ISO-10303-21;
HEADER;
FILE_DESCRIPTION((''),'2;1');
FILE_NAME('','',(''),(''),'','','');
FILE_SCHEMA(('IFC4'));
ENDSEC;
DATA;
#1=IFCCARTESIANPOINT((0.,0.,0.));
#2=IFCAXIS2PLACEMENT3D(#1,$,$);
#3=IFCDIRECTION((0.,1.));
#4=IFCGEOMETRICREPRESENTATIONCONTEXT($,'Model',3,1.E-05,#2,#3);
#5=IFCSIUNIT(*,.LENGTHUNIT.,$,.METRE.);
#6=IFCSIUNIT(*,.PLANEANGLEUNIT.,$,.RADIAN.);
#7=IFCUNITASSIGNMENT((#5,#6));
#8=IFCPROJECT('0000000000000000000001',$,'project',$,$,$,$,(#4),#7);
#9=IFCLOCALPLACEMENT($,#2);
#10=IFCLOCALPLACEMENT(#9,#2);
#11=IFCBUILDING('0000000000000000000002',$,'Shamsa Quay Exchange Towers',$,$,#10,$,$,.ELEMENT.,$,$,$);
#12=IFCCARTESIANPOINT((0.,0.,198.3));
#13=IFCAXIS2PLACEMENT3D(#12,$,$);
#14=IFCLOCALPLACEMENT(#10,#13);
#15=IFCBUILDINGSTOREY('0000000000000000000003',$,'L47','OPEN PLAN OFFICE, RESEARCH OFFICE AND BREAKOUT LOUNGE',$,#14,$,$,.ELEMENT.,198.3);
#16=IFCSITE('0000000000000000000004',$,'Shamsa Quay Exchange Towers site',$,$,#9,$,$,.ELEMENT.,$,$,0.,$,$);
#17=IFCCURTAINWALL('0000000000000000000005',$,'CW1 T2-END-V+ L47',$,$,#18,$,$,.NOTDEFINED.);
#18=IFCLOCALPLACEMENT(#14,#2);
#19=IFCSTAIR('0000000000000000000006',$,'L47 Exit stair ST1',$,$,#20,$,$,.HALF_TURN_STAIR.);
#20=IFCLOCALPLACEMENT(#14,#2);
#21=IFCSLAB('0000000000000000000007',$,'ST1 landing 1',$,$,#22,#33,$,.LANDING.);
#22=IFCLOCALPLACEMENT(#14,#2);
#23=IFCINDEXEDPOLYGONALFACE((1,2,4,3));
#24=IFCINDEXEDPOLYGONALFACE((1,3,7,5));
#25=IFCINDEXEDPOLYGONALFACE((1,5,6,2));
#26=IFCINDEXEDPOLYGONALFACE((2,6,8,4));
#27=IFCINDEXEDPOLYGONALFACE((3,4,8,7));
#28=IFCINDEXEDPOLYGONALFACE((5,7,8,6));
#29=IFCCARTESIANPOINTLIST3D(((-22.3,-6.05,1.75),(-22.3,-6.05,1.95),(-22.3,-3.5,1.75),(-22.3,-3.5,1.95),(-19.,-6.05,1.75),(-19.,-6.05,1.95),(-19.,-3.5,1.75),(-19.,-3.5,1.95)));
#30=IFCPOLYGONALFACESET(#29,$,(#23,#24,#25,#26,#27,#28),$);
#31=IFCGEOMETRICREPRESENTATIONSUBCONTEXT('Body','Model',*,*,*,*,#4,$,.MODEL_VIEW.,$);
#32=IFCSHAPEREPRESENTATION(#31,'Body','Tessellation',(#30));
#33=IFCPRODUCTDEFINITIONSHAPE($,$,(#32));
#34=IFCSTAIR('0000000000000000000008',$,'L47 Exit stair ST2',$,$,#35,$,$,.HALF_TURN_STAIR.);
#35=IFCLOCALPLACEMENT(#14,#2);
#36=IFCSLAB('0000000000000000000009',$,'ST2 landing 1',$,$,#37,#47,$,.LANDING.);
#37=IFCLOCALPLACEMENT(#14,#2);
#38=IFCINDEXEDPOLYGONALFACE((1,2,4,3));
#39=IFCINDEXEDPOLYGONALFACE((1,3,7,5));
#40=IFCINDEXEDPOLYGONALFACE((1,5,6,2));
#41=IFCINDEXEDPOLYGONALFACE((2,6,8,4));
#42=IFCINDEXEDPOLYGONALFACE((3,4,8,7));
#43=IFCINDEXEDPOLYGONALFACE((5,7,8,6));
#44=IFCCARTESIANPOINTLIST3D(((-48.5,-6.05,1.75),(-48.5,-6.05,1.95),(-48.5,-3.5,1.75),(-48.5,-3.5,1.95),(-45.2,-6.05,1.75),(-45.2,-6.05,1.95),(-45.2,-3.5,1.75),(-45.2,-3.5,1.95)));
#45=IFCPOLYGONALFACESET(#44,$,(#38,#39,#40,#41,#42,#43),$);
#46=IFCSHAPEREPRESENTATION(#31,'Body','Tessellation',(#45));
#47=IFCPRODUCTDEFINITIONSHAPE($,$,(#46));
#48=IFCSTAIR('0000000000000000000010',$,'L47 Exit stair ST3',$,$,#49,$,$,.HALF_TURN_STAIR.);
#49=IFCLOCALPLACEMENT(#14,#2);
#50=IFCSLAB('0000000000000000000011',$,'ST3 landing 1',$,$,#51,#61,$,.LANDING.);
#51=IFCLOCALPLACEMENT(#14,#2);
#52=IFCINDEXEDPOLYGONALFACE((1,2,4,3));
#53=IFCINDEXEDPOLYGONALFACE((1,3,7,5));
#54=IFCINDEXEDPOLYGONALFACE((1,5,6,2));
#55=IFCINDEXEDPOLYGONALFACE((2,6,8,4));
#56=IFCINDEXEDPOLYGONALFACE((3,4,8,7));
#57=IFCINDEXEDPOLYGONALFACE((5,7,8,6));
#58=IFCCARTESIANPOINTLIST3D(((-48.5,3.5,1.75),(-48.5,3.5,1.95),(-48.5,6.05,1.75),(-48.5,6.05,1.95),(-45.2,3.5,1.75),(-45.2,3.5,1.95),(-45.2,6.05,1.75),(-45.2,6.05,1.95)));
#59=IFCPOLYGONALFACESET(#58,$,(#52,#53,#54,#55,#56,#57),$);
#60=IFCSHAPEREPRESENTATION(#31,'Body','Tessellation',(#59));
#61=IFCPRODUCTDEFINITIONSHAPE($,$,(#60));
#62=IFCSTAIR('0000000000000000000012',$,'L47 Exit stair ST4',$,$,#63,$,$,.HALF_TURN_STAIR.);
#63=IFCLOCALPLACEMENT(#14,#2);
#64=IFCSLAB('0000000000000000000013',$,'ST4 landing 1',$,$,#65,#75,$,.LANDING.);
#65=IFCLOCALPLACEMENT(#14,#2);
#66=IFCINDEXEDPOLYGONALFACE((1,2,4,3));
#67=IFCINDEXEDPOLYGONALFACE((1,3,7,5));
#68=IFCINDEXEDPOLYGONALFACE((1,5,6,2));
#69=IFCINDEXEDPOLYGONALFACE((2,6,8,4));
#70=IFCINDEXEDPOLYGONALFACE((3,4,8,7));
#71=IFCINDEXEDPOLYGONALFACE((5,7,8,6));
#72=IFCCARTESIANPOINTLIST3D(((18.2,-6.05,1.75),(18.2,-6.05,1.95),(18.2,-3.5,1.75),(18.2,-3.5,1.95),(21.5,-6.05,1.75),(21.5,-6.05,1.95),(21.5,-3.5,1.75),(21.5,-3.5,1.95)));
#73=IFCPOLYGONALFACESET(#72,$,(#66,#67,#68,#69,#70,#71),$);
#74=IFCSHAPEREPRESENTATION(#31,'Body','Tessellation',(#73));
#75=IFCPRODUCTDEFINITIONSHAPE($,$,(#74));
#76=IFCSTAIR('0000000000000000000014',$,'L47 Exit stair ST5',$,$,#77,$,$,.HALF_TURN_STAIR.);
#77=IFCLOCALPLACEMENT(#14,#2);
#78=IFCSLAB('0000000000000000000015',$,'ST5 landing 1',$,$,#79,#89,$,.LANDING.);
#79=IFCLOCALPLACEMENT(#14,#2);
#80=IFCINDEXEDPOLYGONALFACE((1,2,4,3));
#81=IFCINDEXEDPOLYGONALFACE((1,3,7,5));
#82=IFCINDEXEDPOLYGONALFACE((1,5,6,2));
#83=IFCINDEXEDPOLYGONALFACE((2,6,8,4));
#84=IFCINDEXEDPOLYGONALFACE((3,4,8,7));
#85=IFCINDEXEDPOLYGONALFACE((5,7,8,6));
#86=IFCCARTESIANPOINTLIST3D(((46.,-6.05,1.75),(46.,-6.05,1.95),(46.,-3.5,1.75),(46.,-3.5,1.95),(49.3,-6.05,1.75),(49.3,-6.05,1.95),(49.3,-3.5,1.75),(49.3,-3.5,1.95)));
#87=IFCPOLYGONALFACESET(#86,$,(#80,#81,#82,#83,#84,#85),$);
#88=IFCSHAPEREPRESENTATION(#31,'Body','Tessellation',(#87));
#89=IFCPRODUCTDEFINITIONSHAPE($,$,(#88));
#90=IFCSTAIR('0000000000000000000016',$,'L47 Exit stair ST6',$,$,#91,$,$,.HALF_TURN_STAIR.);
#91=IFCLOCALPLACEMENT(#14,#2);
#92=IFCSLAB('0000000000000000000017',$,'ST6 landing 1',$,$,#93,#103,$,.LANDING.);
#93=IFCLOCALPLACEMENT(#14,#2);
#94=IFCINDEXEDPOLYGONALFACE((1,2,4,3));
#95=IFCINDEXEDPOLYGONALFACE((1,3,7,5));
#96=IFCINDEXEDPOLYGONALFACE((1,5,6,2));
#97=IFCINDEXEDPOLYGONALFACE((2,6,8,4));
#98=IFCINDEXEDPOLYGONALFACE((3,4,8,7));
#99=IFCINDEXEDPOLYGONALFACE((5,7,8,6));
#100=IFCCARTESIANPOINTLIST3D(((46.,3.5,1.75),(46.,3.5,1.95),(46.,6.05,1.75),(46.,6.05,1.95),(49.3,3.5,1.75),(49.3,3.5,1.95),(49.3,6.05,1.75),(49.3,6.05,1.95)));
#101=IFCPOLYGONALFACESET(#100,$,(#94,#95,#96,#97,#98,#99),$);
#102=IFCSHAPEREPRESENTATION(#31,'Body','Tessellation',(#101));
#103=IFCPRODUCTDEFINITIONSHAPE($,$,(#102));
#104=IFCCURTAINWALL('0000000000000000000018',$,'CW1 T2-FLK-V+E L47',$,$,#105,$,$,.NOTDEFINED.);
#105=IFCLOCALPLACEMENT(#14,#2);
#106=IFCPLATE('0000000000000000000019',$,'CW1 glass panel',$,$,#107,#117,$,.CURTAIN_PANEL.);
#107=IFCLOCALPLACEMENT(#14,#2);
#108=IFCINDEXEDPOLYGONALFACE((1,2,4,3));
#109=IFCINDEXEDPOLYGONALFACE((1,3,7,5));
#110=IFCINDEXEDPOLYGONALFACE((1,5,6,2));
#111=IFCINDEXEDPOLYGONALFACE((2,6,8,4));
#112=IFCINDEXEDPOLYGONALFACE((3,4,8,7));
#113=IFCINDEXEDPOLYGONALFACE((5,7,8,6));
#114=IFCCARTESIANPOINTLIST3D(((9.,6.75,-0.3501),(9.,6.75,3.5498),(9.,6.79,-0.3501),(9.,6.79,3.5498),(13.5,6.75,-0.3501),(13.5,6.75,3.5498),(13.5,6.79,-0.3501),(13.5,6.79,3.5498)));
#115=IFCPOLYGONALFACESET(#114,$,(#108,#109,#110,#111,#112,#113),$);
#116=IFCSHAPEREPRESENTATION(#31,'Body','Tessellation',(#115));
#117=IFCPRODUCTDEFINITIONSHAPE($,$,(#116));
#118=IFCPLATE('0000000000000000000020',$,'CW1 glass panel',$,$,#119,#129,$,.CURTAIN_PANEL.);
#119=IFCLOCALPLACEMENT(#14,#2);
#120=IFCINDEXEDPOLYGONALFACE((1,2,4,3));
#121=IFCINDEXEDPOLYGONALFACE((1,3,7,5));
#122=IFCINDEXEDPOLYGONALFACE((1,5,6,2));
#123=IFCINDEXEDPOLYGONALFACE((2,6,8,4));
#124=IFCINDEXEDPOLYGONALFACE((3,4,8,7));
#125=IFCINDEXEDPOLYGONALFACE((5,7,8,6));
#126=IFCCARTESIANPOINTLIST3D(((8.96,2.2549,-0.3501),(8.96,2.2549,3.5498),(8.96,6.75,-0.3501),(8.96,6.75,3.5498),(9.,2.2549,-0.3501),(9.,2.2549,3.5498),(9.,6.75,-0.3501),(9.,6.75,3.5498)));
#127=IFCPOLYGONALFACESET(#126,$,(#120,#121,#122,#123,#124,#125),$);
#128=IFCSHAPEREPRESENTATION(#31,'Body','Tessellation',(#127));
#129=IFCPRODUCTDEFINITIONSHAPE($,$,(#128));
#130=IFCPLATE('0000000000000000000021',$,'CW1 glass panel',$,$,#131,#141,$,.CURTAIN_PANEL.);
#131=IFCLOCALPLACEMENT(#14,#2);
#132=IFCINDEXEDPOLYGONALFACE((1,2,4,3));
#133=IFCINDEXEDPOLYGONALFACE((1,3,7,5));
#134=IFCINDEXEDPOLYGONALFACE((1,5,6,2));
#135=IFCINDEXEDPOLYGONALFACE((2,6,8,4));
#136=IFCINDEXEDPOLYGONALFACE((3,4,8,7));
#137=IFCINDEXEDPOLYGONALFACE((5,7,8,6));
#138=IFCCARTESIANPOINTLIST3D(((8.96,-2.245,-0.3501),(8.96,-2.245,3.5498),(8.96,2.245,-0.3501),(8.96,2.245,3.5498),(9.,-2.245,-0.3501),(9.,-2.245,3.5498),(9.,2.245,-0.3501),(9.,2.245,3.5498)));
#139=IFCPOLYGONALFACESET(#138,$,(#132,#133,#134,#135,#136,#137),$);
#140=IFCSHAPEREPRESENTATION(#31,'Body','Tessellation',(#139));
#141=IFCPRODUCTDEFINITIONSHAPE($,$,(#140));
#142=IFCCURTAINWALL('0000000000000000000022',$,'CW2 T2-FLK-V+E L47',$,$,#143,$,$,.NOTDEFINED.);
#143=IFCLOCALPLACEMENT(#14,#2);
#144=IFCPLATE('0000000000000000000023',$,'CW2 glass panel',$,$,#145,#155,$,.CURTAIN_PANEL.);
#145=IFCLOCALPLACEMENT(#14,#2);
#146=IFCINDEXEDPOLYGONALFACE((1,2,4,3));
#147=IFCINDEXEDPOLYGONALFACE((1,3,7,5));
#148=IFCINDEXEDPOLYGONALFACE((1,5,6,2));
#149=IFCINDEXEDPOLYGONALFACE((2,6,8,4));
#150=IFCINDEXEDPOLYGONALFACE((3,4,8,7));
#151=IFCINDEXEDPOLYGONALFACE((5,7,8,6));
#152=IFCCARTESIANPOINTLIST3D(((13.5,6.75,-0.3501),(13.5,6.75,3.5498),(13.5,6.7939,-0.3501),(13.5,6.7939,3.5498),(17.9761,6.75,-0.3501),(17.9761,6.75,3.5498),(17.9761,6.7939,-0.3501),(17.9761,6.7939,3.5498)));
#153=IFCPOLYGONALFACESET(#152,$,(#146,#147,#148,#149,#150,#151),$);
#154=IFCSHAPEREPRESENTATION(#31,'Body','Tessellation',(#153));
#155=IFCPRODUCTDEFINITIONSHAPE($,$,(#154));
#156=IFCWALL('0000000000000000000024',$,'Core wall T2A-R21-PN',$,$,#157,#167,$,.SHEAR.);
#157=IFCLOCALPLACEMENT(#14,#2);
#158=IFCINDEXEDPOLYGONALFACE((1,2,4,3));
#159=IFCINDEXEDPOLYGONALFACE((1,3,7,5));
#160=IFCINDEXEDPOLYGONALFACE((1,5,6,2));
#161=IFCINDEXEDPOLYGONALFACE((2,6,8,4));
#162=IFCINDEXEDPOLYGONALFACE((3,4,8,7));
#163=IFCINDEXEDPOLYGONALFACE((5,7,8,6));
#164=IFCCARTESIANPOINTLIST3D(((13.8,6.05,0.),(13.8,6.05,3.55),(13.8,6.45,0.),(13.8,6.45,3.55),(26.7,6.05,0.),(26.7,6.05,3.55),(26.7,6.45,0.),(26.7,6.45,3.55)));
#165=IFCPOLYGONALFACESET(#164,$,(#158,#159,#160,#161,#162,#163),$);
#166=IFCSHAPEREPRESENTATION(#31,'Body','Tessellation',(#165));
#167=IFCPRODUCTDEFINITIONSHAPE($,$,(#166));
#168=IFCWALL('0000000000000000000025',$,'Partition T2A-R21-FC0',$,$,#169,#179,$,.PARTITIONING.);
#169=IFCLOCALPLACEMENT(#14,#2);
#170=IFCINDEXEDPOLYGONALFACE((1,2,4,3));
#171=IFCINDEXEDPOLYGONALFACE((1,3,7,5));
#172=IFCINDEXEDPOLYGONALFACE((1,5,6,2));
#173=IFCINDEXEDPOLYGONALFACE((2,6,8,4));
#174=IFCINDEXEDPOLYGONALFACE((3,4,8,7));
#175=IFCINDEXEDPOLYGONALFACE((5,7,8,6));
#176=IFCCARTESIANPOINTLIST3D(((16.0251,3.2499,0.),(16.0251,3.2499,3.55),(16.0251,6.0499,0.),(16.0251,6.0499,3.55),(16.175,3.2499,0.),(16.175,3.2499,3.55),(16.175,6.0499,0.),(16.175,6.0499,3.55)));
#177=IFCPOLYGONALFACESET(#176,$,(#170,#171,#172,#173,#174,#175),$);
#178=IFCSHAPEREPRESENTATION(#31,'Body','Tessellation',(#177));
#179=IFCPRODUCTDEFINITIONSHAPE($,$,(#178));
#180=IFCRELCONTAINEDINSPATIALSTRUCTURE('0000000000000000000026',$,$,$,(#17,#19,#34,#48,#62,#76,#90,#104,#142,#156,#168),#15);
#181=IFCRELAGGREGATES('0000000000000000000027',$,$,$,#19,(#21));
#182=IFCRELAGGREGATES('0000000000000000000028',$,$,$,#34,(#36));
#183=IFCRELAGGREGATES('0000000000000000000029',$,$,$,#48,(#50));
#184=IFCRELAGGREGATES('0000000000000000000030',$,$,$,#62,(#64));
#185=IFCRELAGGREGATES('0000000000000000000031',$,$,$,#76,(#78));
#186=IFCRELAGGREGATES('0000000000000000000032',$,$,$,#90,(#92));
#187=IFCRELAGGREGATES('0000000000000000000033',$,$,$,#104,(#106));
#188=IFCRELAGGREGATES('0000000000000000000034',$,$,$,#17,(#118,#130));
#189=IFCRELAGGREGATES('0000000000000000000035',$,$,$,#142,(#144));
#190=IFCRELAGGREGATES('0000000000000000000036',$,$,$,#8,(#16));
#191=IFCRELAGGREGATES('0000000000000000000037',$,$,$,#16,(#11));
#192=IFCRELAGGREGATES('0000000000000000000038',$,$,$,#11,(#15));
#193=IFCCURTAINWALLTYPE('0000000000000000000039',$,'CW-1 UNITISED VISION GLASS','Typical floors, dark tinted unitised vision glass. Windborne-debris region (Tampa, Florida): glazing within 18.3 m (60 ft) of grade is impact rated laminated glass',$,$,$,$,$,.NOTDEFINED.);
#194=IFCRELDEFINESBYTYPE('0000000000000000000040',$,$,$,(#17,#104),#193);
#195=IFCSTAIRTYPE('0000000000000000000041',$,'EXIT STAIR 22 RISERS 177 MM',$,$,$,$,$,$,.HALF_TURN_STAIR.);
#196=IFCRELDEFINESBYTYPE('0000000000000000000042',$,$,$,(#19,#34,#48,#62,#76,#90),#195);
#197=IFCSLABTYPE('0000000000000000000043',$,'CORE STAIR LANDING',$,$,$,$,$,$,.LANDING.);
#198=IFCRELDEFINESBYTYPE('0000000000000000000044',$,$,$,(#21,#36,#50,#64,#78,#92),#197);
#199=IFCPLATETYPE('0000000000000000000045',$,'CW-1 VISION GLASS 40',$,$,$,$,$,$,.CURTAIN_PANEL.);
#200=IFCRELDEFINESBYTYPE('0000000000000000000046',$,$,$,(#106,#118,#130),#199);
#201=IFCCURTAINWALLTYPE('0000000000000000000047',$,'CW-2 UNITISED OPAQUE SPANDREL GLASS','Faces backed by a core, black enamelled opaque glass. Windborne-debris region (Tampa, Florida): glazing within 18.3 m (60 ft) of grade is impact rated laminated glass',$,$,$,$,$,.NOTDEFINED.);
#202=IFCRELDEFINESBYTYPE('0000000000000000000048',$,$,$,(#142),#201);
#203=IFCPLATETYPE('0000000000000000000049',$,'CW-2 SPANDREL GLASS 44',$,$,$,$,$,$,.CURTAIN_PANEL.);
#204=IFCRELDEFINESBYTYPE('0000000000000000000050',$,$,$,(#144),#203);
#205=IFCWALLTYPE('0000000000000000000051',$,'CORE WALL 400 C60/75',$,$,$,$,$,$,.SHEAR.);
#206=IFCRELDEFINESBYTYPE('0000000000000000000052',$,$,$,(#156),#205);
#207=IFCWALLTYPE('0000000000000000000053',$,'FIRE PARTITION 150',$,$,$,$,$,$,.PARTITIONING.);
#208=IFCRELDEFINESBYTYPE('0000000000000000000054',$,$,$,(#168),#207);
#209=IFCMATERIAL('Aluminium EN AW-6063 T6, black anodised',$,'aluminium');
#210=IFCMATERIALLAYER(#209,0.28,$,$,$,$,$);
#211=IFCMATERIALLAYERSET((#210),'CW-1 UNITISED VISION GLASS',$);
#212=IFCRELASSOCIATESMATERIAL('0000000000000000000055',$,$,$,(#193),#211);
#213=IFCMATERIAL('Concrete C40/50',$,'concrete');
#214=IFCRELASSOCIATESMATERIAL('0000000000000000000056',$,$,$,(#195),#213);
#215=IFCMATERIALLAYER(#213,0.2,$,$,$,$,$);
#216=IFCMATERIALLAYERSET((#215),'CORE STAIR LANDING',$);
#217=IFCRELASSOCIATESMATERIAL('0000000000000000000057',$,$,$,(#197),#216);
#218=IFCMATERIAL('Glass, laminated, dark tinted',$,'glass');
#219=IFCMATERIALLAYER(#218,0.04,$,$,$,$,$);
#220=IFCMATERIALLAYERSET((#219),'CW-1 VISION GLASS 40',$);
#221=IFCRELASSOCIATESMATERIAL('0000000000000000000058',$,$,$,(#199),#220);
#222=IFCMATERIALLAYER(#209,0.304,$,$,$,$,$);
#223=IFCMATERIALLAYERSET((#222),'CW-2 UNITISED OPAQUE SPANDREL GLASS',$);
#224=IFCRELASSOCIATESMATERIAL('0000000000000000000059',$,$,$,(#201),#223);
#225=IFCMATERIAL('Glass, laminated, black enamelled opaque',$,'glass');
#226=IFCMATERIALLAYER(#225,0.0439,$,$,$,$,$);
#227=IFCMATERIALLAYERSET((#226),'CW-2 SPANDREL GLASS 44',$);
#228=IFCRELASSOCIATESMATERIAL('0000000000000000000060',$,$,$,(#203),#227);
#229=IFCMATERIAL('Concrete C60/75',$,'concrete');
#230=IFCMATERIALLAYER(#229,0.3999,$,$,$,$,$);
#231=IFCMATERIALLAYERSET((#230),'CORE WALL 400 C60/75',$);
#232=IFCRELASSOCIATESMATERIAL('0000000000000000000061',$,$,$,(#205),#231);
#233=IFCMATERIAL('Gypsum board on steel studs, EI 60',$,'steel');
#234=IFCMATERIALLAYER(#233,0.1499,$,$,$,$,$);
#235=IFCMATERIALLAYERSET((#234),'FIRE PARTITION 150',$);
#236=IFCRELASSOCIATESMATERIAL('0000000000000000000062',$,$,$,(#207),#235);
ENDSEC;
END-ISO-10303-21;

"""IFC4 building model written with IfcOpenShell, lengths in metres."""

from ifc_helpers import new_model, si_unit, direction, frame, frame_2d, origin, origin_2d, place, context, subcontext, project, spatial, polyline, rectangle, outline, extrude, material, layer, layer_set, type_object, element, aggregate, save


model = new_model("IFC4")

# Units and contexts
model_context = context("Model", 3, precision=1e-05, world=origin(), true_north=direction((0.0, 1.0)))
body_context = subcontext(model_context, "Body", "Model", "MODEL_VIEW")
ifc_project = project(units=[si_unit("LENGTHUNIT", "METRE"), si_unit("PLANEANGLEUNIT", "RADIAN")], contexts=[model_context])

# Site, building, storey
site_placement = place(None, origin())
site = spatial("IfcSite", under=ifc_project, at=site_placement, Name="Shamsa Quay Exchange Towers site", CompositionType="ELEMENT", RefElevation=0.0)
building_placement = place(site_placement, origin())
building = spatial("IfcBuilding", under=site, at=building_placement, Name="Shamsa Quay Exchange Towers", CompositionType="ELEMENT")
storey_placement = place(building_placement, frame((0.0, 0.0, 198.3)))
storey = spatial("IfcBuildingStorey", under=building, at=storey_placement, Name="L47", Description="OPEN PLAN OFFICE, RESEARCH OFFICE AND BREAKOUT LOUNGE", CompositionType="ELEMENT", Elevation=198.3)

# Curtain wall
ifc_material_1 = material(Name="Aluminium EN AW-6063 T6, black anodised", Category="aluminium")
ifc_layer_1 = layer(ifc_material_1, 0.28)
ifc_layer_set_1 = layer_set([ifc_layer_1], Name="CW-1 UNITISED VISION GLASS")
curtain_wall_type_1 = type_object("IfcCurtainWallType", Name="CW-1 UNITISED VISION GLASS", Description="Typical floors, dark tinted unitised vision glass. Windborne-debris region (Tampa, Florida): glazing within 18.3 m (60 ft) of grade is impact rated laminated glass", PredefinedType="NOTDEFINED", material=ifc_layer_set_1)
curtain_wall_1_placement = place(storey_placement, origin())
curtain_wall_1 = element("IfcCurtainWall", 1, at=curtain_wall_1_placement, inside=storey, type_object=curtain_wall_type_1, Name="CW1 T2-END-V+ L47", PredefinedType="NOTDEFINED")

# Stairs, slabs
ifc_material_2 = material(Name="Concrete C40/50", Category="concrete")
stair_type = type_object("IfcStairType", Name="EXIT STAIR 22 RISERS 177 MM", PredefinedType="HALF_TURN_STAIR", material=ifc_material_2)
stair_1_placement = place(storey_placement, origin())
stair_1 = element("IfcStair", 2, at=stair_1_placement, inside=storey, type_object=stair_type, Name="L47 Exit stair ST1", PredefinedType="HALF_TURN_STAIR")
ifc_layer_2 = layer(ifc_material_2, 0.2)
ifc_layer_set_2 = layer_set([ifc_layer_2], Name="CORE STAIR LANDING")
slab_type_1 = type_object("IfcSlabType", Name="CORE STAIR LANDING", PredefinedType="LANDING", material=ifc_layer_set_2)
slab_1_placement = place(storey_placement, frame((0.0, 0.0, 1.75)))
slab_1 = element("IfcSlab", 3, at=slab_1_placement, type_object=slab_type_1, Name="ST1 landing 1", PredefinedType="LANDING", context=body_context, shape_type="SweptSolid", body=[
    extrude(outline(polyline([(-22.3, -6.05), (-19.0, -6.05), (-19.0, -3.5), (-22.3, -3.5), (-22.3, -6.05)])), origin(), (0.0, 0.0, 1.0), 0.2),
])
aggregate(stair_1, [slab_1])
stair_2_placement = place(storey_placement, origin())
stair_2 = element("IfcStair", 4, at=stair_2_placement, inside=storey, type_object=stair_type, Name="L47 Exit stair ST2", PredefinedType="HALF_TURN_STAIR")
slab_2_placement = place(storey_placement, frame((0.0, 0.0, 1.75)))
slab_2 = element("IfcSlab", 5, at=slab_2_placement, type_object=slab_type_1, Name="ST2 landing 1", PredefinedType="LANDING", context=body_context, shape_type="SweptSolid", body=[
    extrude(outline(polyline([(-45.2, -3.5), (-48.5, -3.5), (-48.5, -6.05), (-45.2, -6.05), (-45.2, -3.5)])), origin(), (0.0, 0.0, 1.0), 0.2),
])
aggregate(stair_2, [slab_2])
stair_3_placement = place(storey_placement, origin())
stair_3 = element("IfcStair", 6, at=stair_3_placement, inside=storey, type_object=stair_type, Name="L47 Exit stair ST3", PredefinedType="HALF_TURN_STAIR")
slab_3_placement = place(storey_placement, frame((0.0, 0.0, 1.75)))
slab_3 = element("IfcSlab", 7, at=slab_3_placement, type_object=slab_type_1, Name="ST3 landing 1", PredefinedType="LANDING", context=body_context, shape_type="SweptSolid", body=[
    extrude(outline(polyline([(-45.2, 6.05), (-48.5, 6.05), (-48.5, 3.5), (-45.2, 3.5), (-45.2, 6.05)])), origin(), (0.0, 0.0, 1.0), 0.2),
])
aggregate(stair_3, [slab_3])
stair_4_placement = place(storey_placement, origin())
stair_4 = element("IfcStair", 8, at=stair_4_placement, inside=storey, type_object=stair_type, Name="L47 Exit stair ST4", PredefinedType="HALF_TURN_STAIR")
slab_4_placement = place(storey_placement, frame((0.0, 0.0, 1.75)))
slab_4 = element("IfcSlab", 9, at=slab_4_placement, type_object=slab_type_1, Name="ST4 landing 1", PredefinedType="LANDING", context=body_context, shape_type="SweptSolid", body=[
    extrude(outline(polyline([(18.2, -6.05), (21.5, -6.05), (21.5, -3.5), (18.2, -3.5), (18.2, -6.05)])), origin(), (0.0, 0.0, 1.0), 0.2),
])
aggregate(stair_4, [slab_4])
stair_5_placement = place(storey_placement, origin())
stair_5 = element("IfcStair", 10, at=stair_5_placement, inside=storey, type_object=stair_type, Name="L47 Exit stair ST5", PredefinedType="HALF_TURN_STAIR")
slab_5_placement = place(storey_placement, frame((0.0, 0.0, 1.75)))
slab_5 = element("IfcSlab", 11, at=slab_5_placement, type_object=slab_type_1, Name="ST5 landing 1", PredefinedType="LANDING", context=body_context, shape_type="SweptSolid", body=[
    extrude(outline(polyline([(49.3, -3.5), (46.0, -3.5), (46.0, -6.05), (49.3, -6.05), (49.3, -3.5)])), origin(), (0.0, 0.0, 1.0), 0.2),
])
aggregate(stair_5, [slab_5])
stair_6_placement = place(storey_placement, origin())
stair_6 = element("IfcStair", 12, at=stair_6_placement, inside=storey, type_object=stair_type, Name="L47 Exit stair ST6", PredefinedType="HALF_TURN_STAIR")
slab_6_placement = place(storey_placement, frame((0.0, 0.0, 1.75)))
slab_6 = element("IfcSlab", 13, at=slab_6_placement, type_object=slab_type_1, Name="ST6 landing 1", PredefinedType="LANDING", context=body_context, shape_type="SweptSolid", body=[
    extrude(outline(polyline([(49.3, 6.05), (46.0, 6.05), (46.0, 3.5), (49.3, 3.5), (49.3, 6.05)])), origin(), (0.0, 0.0, 1.0), 0.2),
])
aggregate(stair_6, [slab_6])

# Curtain wall, plate
curtain_wall_2_placement = place(storey_placement, origin())
curtain_wall_2 = element("IfcCurtainWall", 14, at=curtain_wall_2_placement, inside=storey, type_object=curtain_wall_type_1, Name="CW1 T2-FLK-V+E L47", PredefinedType="NOTDEFINED")
ifc_material_3 = material(Name="Glass, laminated, dark tinted", Category="glass")
ifc_layer_3 = layer(ifc_material_3, 0.04)
ifc_layer_set_3 = layer_set([ifc_layer_3], Name="CW-1 VISION GLASS 40")
plate_type_1 = type_object("IfcPlateType", Name="CW-1 VISION GLASS 40", PredefinedType="CURTAIN_PANEL", material=ifc_layer_set_3)
plate_1_placement = place(storey_placement, frame((11.25, 6.77, -0.3501), z_axis=(0.0, 0.0, 1.0), x_axis=(-1.0, 0.0, 0.0)))
plate_1 = element("IfcPlate", 15, at=plate_1_placement, type_object=plate_type_1, Name="CW1 glass panel", PredefinedType="CURTAIN_PANEL", context=body_context, shape_type="SweptSolid", body=[
    extrude(rectangle(XDim=4.5, YDim=0.04, at=origin_2d()), origin(), (0.0, 0.0, 1.0), 3.8999),
])
aggregate(curtain_wall_2, [plate_1])

# Plates
plate_2_placement = place(storey_placement, frame((8.98, 4.5024, -0.3501), z_axis=(0.0, 0.0, 1.0), x_axis=(0.0, -1.0, 0.0)))
plate_2 = element("IfcPlate", 16, at=plate_2_placement, type_object=plate_type_1, Name="CW1 glass panel", PredefinedType="CURTAIN_PANEL", context=body_context, shape_type="SweptSolid", body=[
    extrude(rectangle(XDim=4.4951, YDim=0.04, at=origin_2d()), origin(), (0.0, 0.0, 1.0), 3.8999),
])
plate_3_placement = place(storey_placement, frame((8.98, 0.0, -0.3501), z_axis=(0.0, 0.0, 1.0), x_axis=(0.0, -1.0, 0.0)))
plate_3 = element("IfcPlate", 17, at=plate_3_placement, type_object=plate_type_1, Name="CW1 glass panel", PredefinedType="CURTAIN_PANEL", context=body_context, shape_type="SweptSolid", body=[
    extrude(rectangle(XDim=4.49, YDim=0.04, at=origin_2d()), origin(), (0.0, 0.0, 1.0), 3.8999),
])
aggregate(curtain_wall_1, [plate_2, plate_3])

# Curtain wall, plate
ifc_layer_4 = layer(ifc_material_1, 0.304)
ifc_layer_set_4 = layer_set([ifc_layer_4], Name="CW-2 UNITISED OPAQUE SPANDREL GLASS")
curtain_wall_type_2 = type_object("IfcCurtainWallType", Name="CW-2 UNITISED OPAQUE SPANDREL GLASS", Description="Faces backed by a core, black enamelled opaque glass. Windborne-debris region (Tampa, Florida): glazing within 18.3 m (60 ft) of grade is impact rated laminated glass", PredefinedType="NOTDEFINED", material=ifc_layer_set_4)
curtain_wall_3_placement = place(storey_placement, origin())
curtain_wall_3 = element("IfcCurtainWall", 18, at=curtain_wall_3_placement, inside=storey, type_object=curtain_wall_type_2, Name="CW2 T2-FLK-V+E L47", PredefinedType="NOTDEFINED")
ifc_material_4 = material(Name="Glass, laminated, black enamelled opaque", Category="glass")
ifc_layer_5 = layer(ifc_material_4, 0.0439)
ifc_layer_set_5 = layer_set([ifc_layer_5], Name="CW-2 SPANDREL GLASS 44")
plate_type_2 = type_object("IfcPlateType", Name="CW-2 SPANDREL GLASS 44", PredefinedType="CURTAIN_PANEL", material=ifc_layer_set_5)
plate_4_placement = place(storey_placement, frame((15.738, 6.772, -0.3501), z_axis=(0.0, 0.0, 1.0), x_axis=(-1.0, 0.0, 0.0)))
plate_4 = element("IfcPlate", 19, at=plate_4_placement, type_object=plate_type_2, Name="CW2 glass panel", PredefinedType="CURTAIN_PANEL", context=body_context, shape_type="SweptSolid", body=[
    extrude(rectangle(XDim=4.4761, YDim=0.0439, at=origin_2d()), origin(), (0.0, 0.0, 1.0), 3.8999),
])
aggregate(curtain_wall_3, [plate_4])

# Wall
ifc_material_5 = material(Name="Concrete C60/75", Category="concrete")
ifc_layer_6 = layer(ifc_material_5, 0.3999)
ifc_layer_set_6 = layer_set([ifc_layer_6], Name="CORE WALL 400 C60/75")
wall_type_1 = type_object("IfcWallType", Name="CORE WALL 400 C60/75", PredefinedType="SHEAR", material=ifc_layer_set_6)
wall_1_placement = place(storey_placement, frame((13.8, 6.25, 0.0)))
element("IfcWall", 20, at=wall_1_placement, inside=storey, type_object=wall_type_1, Name="Core wall T2A-R21-PN", PredefinedType="SHEAR", context=body_context, shape_type="SweptSolid", body=[
    extrude(rectangle(XDim=12.8999, YDim=0.3999, at=frame_2d((6.45, 0.0))), origin(), (0.0, 0.0, 1.0), 3.55),
])

# Wall
ifc_material_6 = material(Name="Gypsum board on steel studs, EI 60", Category="steel")
ifc_layer_7 = layer(ifc_material_6, 0.1499)
ifc_layer_set_7 = layer_set([ifc_layer_7], Name="FIRE PARTITION 150")
wall_type_2 = type_object("IfcWallType", Name="FIRE PARTITION 150", PredefinedType="PARTITIONING", material=ifc_layer_set_7)
wall_2_placement = place(storey_placement, frame((16.1001, 3.25, 0.0), z_axis=(0.0, 0.0, 1.0), x_axis=(0.0, 1.0, 0.0)))
element("IfcWall", 21, at=wall_2_placement, inside=storey, type_object=wall_type_2, Name="Partition T2A-R21-FC0", PredefinedType="PARTITIONING", context=body_context, shape_type="SweptSolid", body=[
    extrude(rectangle(XDim=2.8, YDim=0.1499, at=frame_2d((1.3999, 0.0))), origin(), (0.0, 0.0, 1.0), 3.55),
])

save(model, "model.ifc")
